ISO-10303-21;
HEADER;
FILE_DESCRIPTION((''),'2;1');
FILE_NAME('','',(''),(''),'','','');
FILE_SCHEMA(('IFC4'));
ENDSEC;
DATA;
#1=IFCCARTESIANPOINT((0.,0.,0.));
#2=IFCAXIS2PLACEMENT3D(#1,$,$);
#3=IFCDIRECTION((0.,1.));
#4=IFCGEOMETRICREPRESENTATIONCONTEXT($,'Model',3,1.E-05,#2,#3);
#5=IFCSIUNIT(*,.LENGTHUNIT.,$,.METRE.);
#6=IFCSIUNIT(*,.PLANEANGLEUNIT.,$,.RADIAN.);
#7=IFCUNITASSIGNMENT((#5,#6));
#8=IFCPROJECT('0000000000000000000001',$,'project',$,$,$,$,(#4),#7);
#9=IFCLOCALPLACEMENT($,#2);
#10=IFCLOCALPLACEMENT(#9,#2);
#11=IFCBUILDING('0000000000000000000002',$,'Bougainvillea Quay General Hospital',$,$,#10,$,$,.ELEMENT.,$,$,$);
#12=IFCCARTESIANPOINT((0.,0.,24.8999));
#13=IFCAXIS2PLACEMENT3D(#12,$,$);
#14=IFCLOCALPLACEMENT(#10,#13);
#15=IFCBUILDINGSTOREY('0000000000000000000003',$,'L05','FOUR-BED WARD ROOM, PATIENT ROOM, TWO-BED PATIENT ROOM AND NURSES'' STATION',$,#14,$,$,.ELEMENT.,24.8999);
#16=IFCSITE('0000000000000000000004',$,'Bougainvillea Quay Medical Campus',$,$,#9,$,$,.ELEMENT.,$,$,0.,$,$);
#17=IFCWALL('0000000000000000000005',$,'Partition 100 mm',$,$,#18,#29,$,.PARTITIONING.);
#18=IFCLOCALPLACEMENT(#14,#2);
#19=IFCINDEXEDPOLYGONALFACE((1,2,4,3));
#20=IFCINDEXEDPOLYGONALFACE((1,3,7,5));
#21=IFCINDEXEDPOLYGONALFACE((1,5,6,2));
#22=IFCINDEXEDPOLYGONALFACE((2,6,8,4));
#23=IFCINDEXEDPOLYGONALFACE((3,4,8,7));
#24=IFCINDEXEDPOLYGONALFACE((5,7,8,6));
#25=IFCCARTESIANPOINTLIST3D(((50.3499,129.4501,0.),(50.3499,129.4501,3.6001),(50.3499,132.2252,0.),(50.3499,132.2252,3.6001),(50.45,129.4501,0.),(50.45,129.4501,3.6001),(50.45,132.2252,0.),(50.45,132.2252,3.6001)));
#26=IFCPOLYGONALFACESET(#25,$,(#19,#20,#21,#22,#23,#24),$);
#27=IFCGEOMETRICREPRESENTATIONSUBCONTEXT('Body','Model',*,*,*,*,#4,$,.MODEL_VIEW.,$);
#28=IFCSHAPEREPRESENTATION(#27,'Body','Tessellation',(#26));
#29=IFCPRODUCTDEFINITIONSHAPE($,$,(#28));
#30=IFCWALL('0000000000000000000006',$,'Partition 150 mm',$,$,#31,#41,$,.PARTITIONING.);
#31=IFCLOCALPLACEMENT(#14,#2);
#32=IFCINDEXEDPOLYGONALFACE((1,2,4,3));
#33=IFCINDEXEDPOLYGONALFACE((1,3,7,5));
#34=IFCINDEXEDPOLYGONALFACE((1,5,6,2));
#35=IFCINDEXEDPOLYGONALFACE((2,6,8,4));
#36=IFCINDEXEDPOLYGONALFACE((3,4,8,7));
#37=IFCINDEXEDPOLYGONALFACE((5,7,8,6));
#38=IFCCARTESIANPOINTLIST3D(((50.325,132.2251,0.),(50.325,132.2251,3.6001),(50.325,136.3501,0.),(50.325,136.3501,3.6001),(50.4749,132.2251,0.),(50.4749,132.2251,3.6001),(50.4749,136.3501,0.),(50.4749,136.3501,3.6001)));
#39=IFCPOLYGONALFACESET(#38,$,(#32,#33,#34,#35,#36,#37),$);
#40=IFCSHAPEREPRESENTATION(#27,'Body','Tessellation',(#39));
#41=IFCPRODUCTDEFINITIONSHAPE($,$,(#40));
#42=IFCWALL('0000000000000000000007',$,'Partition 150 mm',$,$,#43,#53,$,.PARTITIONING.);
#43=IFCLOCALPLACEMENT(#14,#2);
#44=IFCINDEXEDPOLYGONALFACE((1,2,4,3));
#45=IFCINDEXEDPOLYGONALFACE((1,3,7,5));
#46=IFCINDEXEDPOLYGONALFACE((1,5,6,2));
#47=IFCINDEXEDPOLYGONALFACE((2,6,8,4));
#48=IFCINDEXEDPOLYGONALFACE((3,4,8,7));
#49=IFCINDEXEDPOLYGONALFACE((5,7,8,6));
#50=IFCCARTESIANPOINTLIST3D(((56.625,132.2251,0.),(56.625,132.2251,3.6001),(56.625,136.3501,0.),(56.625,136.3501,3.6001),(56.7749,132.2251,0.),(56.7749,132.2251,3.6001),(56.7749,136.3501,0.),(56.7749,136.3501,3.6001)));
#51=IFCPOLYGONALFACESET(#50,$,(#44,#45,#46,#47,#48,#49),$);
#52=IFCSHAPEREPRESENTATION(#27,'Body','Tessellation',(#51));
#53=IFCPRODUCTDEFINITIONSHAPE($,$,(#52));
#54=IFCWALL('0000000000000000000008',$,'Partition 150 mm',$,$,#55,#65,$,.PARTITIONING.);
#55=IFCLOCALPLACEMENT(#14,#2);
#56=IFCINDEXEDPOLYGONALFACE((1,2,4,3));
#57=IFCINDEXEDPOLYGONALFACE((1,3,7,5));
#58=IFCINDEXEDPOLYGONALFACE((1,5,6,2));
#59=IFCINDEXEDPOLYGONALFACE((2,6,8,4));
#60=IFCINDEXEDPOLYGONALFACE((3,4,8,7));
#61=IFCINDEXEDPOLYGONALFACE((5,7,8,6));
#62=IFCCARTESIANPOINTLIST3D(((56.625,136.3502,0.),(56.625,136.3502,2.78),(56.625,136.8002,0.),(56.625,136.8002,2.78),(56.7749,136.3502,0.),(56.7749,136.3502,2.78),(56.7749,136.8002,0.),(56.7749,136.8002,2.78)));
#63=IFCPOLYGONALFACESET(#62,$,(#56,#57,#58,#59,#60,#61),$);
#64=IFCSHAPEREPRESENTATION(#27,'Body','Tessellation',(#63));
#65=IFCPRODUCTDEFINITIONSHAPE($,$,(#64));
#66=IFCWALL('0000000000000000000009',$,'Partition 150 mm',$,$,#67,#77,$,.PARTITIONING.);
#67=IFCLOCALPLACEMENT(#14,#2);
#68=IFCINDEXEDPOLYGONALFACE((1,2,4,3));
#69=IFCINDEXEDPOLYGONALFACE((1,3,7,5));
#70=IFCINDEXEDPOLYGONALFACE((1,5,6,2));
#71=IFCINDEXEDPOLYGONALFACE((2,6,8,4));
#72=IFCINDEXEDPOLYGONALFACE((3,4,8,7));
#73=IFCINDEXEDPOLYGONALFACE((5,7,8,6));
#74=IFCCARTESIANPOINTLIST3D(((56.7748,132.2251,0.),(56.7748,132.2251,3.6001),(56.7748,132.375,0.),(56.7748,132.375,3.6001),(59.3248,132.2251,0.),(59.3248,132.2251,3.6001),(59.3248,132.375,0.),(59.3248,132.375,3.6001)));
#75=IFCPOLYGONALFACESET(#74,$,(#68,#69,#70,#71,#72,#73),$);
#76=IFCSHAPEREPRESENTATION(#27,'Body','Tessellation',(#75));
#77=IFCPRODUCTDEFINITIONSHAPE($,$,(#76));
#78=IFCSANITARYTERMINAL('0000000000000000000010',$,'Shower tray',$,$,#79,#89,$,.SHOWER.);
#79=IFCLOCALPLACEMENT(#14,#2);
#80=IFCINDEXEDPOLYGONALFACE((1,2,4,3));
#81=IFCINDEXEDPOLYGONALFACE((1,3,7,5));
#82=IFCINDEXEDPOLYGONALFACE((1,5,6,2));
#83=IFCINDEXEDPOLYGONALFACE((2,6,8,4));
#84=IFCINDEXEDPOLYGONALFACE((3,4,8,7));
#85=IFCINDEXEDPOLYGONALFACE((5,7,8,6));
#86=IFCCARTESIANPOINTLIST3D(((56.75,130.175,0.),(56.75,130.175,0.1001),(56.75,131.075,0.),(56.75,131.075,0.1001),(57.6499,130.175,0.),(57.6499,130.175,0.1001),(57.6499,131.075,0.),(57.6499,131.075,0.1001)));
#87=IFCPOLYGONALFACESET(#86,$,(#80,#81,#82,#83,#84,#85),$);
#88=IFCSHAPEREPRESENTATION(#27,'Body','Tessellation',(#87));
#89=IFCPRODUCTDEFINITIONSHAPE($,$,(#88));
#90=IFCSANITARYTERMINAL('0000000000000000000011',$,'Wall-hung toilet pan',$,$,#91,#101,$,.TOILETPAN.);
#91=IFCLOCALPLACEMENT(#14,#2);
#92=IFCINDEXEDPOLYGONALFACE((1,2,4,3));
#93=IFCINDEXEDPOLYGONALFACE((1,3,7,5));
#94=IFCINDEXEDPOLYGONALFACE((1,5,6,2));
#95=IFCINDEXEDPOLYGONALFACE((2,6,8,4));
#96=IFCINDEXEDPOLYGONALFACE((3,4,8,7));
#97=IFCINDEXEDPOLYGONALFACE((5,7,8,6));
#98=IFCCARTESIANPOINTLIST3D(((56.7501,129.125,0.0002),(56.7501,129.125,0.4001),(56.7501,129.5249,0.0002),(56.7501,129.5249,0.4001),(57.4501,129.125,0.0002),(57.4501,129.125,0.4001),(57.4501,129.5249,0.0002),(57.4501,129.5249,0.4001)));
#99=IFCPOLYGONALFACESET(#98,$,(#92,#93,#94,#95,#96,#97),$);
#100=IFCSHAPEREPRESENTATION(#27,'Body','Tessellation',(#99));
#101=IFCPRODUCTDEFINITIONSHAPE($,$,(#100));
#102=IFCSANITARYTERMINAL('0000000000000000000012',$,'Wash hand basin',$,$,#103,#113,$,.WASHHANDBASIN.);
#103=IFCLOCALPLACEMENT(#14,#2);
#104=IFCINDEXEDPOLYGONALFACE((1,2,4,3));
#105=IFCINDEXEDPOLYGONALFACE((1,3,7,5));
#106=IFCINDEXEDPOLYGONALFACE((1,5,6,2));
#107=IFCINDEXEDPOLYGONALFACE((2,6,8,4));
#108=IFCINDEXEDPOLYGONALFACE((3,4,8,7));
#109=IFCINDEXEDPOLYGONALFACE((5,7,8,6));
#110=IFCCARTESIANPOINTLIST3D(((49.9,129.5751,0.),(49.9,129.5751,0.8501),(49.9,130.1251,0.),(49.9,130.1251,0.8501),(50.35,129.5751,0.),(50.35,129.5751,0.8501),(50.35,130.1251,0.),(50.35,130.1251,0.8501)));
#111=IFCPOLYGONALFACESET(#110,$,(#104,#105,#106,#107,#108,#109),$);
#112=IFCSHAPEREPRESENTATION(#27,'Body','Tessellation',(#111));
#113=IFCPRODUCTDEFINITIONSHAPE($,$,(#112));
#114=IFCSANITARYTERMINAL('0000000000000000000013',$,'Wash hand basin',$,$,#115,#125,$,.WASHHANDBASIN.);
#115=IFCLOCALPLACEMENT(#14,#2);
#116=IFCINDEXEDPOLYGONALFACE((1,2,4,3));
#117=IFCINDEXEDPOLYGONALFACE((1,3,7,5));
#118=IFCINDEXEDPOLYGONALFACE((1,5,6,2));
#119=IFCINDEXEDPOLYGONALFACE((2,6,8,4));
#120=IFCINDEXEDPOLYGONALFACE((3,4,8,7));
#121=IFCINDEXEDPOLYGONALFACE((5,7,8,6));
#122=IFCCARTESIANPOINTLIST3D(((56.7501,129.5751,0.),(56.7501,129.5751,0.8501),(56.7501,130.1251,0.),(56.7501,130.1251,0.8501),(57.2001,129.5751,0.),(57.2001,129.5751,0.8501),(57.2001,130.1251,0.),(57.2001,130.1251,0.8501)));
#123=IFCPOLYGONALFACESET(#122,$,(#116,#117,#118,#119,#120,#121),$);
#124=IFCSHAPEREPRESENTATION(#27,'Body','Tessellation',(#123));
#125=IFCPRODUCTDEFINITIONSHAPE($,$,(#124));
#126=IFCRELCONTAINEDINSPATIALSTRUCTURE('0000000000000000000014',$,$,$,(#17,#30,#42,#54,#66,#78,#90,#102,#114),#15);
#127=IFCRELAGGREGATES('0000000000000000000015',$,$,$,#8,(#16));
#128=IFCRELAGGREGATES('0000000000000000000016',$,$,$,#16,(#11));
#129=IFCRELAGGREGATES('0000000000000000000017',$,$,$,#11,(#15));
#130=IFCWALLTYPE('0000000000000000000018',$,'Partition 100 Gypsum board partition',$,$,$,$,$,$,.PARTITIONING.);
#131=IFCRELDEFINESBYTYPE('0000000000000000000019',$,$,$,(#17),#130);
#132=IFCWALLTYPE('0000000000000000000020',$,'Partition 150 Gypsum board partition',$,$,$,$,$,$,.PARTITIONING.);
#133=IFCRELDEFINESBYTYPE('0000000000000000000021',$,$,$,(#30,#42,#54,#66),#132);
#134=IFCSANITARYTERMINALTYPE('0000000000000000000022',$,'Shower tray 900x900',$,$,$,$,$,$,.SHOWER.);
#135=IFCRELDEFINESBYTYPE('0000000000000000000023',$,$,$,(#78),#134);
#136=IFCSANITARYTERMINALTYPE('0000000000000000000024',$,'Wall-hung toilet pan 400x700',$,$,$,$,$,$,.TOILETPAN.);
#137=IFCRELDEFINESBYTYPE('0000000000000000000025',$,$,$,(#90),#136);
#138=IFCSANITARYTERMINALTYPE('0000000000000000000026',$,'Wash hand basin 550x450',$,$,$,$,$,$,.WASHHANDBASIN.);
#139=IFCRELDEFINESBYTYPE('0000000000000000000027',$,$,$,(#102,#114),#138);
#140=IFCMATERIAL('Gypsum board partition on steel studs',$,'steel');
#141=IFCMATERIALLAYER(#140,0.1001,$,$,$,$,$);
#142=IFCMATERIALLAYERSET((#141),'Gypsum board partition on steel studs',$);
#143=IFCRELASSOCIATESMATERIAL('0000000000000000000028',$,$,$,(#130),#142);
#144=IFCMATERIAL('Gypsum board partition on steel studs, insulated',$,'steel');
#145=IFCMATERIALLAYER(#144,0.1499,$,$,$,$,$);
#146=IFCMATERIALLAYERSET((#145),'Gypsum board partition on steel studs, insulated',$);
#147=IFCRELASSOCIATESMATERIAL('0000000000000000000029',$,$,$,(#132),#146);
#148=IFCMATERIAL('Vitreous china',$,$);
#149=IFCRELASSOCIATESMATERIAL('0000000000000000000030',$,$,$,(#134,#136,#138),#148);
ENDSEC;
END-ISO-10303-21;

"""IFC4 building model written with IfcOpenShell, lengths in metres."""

from ifc_helpers import new_model, si_unit, direction, frame, frame_2d, origin, origin_2d, place, context, subcontext, project, spatial, rectangle, extrude, material, layer, layer_set, type_object, element, save


model = new_model("IFC4")

# Units and contexts
model_context = context("Model", 3, precision=1e-05, world=origin(), true_north=direction((0.0, 1.0)))
body_context = subcontext(model_context, "Body", "Model", "MODEL_VIEW")
ifc_project = project(units=[si_unit("LENGTHUNIT", "METRE"), si_unit("PLANEANGLEUNIT", "RADIAN")], contexts=[model_context])

# Site, building, storey
site_placement = place(None, origin())
site = spatial("IfcSite", under=ifc_project, at=site_placement, Name="Bougainvillea Quay Medical Campus", CompositionType="ELEMENT", RefElevation=0.0)
building_placement = place(site_placement, origin())
building = spatial("IfcBuilding", under=site, at=building_placement, Name="Bougainvillea Quay General Hospital", CompositionType="ELEMENT")
storey_placement = place(building_placement, frame((0.0, 0.0, 24.8999)))
storey = spatial("IfcBuildingStorey", under=building, at=storey_placement, Name="L05", Description="FOUR-BED WARD ROOM, PATIENT ROOM, TWO-BED PATIENT ROOM AND NURSES' STATION", CompositionType="ELEMENT", Elevation=24.8999)

# Walls
ifc_material_1 = material(Name="Gypsum board partition on steel studs", Category="steel")
ifc_layer_1 = layer(ifc_material_1, 0.1001)
ifc_layer_set_1 = layer_set([ifc_layer_1], Name="Gypsum board partition on steel studs")
wall_type_1 = type_object("IfcWallType", Name="Partition 100 Gypsum board partition", PredefinedType="PARTITIONING", material=ifc_layer_set_1)
wall_1_placement = place(storey_placement, frame((50.3999, 129.45, 0.0), z_axis=(0.0, 0.0, 1.0), x_axis=(0.0, 1.0, 0.0)))
element("IfcWall", 1, at=wall_1_placement, inside=storey, type_object=wall_type_1, Name="Partition 100 mm", PredefinedType="PARTITIONING", context=body_context, shape_type="SweptSolid", body=[
    extrude(rectangle(XDim=2.7751, YDim=0.1001, at=frame_2d((1.3877, 0.0))), origin(), (0.0, 0.0, 1.0), 3.6001),
])
ifc_material_2 = material(Name="Gypsum board partition on steel studs, insulated", Category="steel")
ifc_layer_2 = layer(ifc_material_2, 0.1499)
ifc_layer_set_2 = layer_set([ifc_layer_2], Name="Gypsum board partition on steel studs, insulated")
wall_type_2 = type_object("IfcWallType", Name="Partition 150 Gypsum board partition", PredefinedType="PARTITIONING", material=ifc_layer_set_2)
for number, where, z_axis, x_axis, name in (
    (2, (50.3999, 132.2251, 0.0), (0.0, 0.0, 1.0), (0.0, 1.0, 0.0), "Partition 150 mm"),
    (3, (56.7, 132.2251, 0.0), (0.0, 0.0, 1.0), (0.0, 1.0, 0.0), "Partition 150 mm"),
):
    element("IfcWall", number, at=place(storey_placement, frame(where, z_axis=z_axis, x_axis=x_axis)), inside=storey, type_object=wall_type_2, Name=name, PredefinedType="PARTITIONING", context=body_context, shape_type="SweptSolid", body=[
        extrude(rectangle(XDim=4.125, YDim=0.1499, at=frame_2d((2.0625, 0.0))), origin(), (0.0, 0.0, 1.0), 3.6001),
    ])
wall_2_placement = place(storey_placement, frame((56.7, 136.3501, 0.0), z_axis=(0.0, 0.0, 1.0), x_axis=(0.0, 1.0, 0.0)))
element("IfcWall", 4, at=wall_2_placement, inside=storey, type_object=wall_type_2, Name="Partition 150 mm", PredefinedType="PARTITIONING", context=body_context, shape_type="SweptSolid", body=[
    extrude(rectangle(XDim=0.45, YDim=0.1499, at=frame_2d((0.2251, 0.0))), origin(), (0.0, 0.0, 1.0), 2.78),
])
wall_3_placement = place(storey_placement, frame((56.7749, 132.3, 0.0), z_axis=(0.0, 0.0, 1.0), x_axis=(1.0, 0.0, 0.0)))
element("IfcWall", 5, at=wall_3_placement, inside=storey, type_object=wall_type_2, Name="Partition 150 mm", PredefinedType="PARTITIONING", context=body_context, shape_type="SweptSolid", body=[
    extrude(rectangle(XDim=2.55, YDim=0.1499, at=frame_2d((1.2749, 0.0))), origin(), (0.0, 0.0, 1.0), 3.6001),
])

# Sanitary terminals
ifc_material_3 = material(Name="Vitreous china")
sanitary_terminal_type_1 = type_object("IfcSanitaryTerminalType", Name="Shower tray 900x900", PredefinedType="SHOWER", material=ifc_material_3)
sanitary_terminal_1_placement = place(storey_placement, frame((57.2, 130.625, 0.0), z_axis=(0.0, 0.0, 1.0), x_axis=(0.0, 1.0, 0.0)))
element("IfcSanitaryTerminal", 6, at=sanitary_terminal_1_placement, inside=storey, type_object=sanitary_terminal_type_1, Name="Shower tray", PredefinedType="SHOWER", context=body_context, shape_type="SweptSolid", body=[
    extrude(rectangle(XDim=0.8999, YDim=0.8999, at=origin_2d()), origin(), (0.0, 0.0, 1.0), 0.1001),
])
sanitary_terminal_type_2 = type_object("IfcSanitaryTerminalType", Name="Wall-hung toilet pan 400x700", PredefinedType="TOILETPAN", material=ifc_material_3)
sanitary_terminal_2_placement = place(storey_placement, frame((57.1001, 129.325, 0.0002), z_axis=(0.0, 0.0, 1.0), x_axis=(0.0, 1.0, 0.0)))
element("IfcSanitaryTerminal", 7, at=sanitary_terminal_2_placement, inside=storey, type_object=sanitary_terminal_type_2, Name="Wall-hung toilet pan", PredefinedType="TOILETPAN", context=body_context, shape_type="SweptSolid", body=[
    extrude(rectangle(XDim=0.3999, YDim=0.7, at=origin_2d()), origin(), (0.0, 0.0, 1.0), 0.3999),
])
sanitary_terminal_type_3 = type_object("IfcSanitaryTerminalType", Name="Wash hand basin 550x450", PredefinedType="WASHHANDBASIN", material=ifc_material_3)
for number, where, z_axis, x_axis, name in (
    (8, (50.125, 129.8501, 0.0), (0.0, 0.0, 1.0), (0.0, -1.0, 0.0), "Wash hand basin"),
    (9, (56.9751, 129.8501, 0.0), (0.0, 0.0, 1.0), (0.0, 1.0, 0.0), "Wash hand basin"),
):
    element("IfcSanitaryTerminal", number, at=place(storey_placement, frame(where, z_axis=z_axis, x_axis=x_axis)), inside=storey, type_object=sanitary_terminal_type_3, Name=name, PredefinedType="WASHHANDBASIN", context=body_context, shape_type="SweptSolid", body=[
        extrude(rectangle(XDim=0.55, YDim=0.45, at=origin_2d()), origin(), (0.0, 0.0, 1.0), 0.8501),
    ])

save(model, "model.ifc")
